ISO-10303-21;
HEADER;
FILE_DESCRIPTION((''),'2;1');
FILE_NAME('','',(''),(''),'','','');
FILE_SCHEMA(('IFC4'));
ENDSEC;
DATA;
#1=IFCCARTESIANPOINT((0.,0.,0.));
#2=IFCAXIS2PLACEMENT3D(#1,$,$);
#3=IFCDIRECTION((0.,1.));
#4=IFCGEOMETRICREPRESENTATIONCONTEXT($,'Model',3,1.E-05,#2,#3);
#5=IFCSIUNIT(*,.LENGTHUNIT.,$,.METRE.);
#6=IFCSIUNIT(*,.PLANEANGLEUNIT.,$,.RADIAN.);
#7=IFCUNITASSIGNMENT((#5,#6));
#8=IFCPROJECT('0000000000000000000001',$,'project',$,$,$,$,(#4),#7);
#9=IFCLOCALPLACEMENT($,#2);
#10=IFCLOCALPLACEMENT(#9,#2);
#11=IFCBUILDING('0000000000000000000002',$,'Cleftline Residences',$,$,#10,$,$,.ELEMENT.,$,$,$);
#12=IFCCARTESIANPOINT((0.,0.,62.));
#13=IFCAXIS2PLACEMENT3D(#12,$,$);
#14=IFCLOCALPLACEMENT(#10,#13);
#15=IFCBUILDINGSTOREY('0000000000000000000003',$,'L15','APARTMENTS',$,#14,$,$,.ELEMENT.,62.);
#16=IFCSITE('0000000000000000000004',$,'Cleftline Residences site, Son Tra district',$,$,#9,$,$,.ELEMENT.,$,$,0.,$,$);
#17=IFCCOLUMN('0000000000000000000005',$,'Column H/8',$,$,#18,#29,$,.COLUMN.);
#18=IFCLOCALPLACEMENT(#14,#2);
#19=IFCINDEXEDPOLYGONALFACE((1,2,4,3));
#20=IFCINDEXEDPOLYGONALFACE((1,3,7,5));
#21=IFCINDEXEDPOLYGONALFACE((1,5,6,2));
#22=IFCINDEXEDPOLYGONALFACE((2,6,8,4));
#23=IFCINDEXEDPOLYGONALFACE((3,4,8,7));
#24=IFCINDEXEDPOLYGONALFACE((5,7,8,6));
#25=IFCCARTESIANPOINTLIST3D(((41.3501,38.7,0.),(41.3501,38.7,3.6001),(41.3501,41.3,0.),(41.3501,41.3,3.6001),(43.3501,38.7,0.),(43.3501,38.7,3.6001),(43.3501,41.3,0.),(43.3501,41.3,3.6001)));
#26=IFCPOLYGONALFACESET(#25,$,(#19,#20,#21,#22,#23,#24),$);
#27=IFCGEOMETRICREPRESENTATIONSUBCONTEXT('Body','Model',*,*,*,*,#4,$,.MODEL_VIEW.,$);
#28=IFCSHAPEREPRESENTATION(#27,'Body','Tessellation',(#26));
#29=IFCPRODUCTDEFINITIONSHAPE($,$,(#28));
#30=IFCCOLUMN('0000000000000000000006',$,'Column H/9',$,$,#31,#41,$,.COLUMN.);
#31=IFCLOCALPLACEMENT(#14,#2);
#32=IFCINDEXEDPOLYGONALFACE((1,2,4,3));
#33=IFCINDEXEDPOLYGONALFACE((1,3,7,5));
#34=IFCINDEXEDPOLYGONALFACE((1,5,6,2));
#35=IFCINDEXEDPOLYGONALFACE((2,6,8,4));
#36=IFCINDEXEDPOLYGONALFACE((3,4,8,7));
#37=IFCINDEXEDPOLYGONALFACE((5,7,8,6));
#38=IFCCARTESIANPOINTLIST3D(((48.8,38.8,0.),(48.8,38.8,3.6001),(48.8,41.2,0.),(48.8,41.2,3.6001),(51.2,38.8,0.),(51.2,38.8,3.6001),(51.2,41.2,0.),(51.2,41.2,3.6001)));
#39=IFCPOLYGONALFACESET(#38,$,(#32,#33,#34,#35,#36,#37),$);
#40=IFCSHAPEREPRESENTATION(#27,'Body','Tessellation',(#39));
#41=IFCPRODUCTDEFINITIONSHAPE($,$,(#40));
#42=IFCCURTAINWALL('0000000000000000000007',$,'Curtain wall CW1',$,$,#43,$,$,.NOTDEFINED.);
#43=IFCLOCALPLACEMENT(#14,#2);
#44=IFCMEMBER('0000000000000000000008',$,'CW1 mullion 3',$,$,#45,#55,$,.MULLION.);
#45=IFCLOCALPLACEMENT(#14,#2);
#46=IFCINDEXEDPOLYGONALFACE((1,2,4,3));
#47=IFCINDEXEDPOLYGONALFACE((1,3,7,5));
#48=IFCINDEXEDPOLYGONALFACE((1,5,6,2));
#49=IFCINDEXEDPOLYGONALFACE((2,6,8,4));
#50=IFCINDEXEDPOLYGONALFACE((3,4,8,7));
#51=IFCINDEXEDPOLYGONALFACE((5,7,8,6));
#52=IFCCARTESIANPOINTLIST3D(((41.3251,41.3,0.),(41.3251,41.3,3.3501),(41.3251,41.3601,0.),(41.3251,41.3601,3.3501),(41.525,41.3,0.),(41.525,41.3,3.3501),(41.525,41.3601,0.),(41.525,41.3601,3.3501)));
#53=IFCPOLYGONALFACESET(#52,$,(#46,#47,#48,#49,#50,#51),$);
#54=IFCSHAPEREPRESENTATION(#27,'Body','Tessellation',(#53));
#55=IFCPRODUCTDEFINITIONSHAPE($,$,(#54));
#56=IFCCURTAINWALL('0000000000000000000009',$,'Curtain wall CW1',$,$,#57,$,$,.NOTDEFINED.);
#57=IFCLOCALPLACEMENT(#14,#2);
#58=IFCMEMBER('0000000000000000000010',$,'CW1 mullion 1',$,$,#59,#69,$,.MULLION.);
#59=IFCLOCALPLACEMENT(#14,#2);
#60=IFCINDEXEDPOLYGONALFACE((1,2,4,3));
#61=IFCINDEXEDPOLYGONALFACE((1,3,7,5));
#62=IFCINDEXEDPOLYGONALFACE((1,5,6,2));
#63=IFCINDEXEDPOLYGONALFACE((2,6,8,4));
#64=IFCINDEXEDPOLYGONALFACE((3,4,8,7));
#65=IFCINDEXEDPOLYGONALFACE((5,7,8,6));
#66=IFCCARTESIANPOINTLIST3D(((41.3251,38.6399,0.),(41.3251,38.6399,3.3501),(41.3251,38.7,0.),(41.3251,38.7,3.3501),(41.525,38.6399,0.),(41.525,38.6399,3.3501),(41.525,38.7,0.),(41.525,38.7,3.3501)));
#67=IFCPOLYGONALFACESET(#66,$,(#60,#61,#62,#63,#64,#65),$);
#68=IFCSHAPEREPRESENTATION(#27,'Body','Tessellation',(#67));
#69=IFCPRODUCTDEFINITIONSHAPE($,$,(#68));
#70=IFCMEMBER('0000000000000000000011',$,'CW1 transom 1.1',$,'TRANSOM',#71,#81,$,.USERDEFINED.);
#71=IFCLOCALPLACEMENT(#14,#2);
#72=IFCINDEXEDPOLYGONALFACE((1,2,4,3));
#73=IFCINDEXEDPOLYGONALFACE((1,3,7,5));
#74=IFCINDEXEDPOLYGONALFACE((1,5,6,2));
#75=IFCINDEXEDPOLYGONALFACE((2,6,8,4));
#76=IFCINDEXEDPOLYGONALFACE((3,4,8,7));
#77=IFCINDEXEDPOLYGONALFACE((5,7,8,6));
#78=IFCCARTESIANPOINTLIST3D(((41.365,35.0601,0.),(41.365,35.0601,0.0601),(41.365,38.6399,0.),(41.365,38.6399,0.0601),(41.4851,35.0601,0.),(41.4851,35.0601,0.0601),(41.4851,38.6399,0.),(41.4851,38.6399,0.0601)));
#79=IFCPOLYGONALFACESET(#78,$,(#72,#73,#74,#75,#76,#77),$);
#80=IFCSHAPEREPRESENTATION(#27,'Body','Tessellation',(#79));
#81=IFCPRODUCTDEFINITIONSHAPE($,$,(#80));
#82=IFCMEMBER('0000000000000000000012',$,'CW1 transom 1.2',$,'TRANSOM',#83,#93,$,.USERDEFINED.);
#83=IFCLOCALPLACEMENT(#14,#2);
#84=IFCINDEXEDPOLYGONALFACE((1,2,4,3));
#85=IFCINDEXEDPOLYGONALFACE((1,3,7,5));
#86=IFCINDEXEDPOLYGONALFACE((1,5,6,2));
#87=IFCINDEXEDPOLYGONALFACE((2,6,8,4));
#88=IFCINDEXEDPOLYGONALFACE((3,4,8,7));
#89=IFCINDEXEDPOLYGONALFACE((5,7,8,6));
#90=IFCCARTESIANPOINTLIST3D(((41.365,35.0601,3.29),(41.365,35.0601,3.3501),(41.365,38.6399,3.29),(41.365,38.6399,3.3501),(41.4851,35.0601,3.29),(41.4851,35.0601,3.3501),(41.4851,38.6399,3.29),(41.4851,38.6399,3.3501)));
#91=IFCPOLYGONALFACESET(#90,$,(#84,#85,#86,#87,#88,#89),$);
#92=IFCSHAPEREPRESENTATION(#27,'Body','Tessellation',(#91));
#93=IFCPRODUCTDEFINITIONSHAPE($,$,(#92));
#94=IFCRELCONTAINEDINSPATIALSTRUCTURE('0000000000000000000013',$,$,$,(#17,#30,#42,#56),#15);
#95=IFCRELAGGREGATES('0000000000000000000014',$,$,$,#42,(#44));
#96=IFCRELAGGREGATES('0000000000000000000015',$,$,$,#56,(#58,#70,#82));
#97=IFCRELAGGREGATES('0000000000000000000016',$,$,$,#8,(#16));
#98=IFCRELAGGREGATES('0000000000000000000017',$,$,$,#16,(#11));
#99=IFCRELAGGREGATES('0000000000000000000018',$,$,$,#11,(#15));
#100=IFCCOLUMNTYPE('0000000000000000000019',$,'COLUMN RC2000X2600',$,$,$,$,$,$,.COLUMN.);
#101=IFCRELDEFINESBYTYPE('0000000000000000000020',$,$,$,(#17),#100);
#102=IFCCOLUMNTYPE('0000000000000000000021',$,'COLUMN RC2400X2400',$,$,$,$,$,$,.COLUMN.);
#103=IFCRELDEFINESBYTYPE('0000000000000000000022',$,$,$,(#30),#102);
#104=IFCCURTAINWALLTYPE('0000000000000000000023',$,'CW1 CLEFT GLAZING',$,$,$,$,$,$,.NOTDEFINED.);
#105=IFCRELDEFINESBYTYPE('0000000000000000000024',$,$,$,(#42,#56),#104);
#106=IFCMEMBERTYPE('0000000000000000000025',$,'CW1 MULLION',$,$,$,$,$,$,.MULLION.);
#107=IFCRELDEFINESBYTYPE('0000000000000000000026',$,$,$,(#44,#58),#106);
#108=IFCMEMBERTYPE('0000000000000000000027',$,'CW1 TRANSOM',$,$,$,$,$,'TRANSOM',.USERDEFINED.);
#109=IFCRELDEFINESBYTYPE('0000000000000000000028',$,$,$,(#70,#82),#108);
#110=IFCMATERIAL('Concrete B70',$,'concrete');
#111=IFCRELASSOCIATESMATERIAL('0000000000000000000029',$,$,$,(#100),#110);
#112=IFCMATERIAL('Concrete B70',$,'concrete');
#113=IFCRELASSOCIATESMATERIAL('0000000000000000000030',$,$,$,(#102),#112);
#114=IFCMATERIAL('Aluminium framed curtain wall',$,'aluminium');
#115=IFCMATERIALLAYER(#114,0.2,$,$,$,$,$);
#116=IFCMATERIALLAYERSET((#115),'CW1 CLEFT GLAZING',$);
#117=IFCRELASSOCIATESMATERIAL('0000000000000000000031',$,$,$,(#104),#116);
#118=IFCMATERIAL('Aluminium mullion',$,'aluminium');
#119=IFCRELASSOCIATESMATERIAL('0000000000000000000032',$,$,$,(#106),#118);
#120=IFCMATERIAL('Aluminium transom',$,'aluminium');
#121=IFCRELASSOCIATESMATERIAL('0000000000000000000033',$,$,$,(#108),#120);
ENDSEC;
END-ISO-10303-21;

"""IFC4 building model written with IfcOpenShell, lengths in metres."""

from ifc_helpers import new_model, si_unit, direction, frame, origin, origin_2d, place, context, subcontext, project, spatial, rectangle, extrude, material, layer, layer_set, material_profile, profile_set, type_object, element, aggregate, save


model = new_model("IFC4")

# Units and contexts
model_context = context("Model", 3, precision=1e-05, world=origin(), true_north=direction((0.0, 1.0)))
body_context = subcontext(model_context, "Body", "Model", "MODEL_VIEW")
ifc_project = project(units=[si_unit("LENGTHUNIT", "METRE"), si_unit("PLANEANGLEUNIT", "RADIAN")], contexts=[model_context])

# Site, building, storey
site_placement = place(None, origin())
site = spatial("IfcSite", under=ifc_project, at=site_placement, Name="Cleftline Residences site, Son Tra district", CompositionType="ELEMENT", RefElevation=0.0)
building_placement = place(site_placement, origin())
building = spatial("IfcBuilding", under=site, at=building_placement, Name="Cleftline Residences", CompositionType="ELEMENT")
storey_placement = place(building_placement, frame((0.0, 0.0, 62.0)))
storey = spatial("IfcBuildingStorey", under=building, at=storey_placement, Name="L15", Description="APARTMENTS", CompositionType="ELEMENT", Elevation=62.0)

# Columns
ifc_material_1 = material(Name="Concrete B70", Category="concrete")
ifc_material_profile_1 = material_profile(ifc_material_1, rectangle(XDim=2.0, YDim=2.6001, at=origin_2d()))
ifc_profile_set_1 = profile_set([ifc_material_profile_1], Name="Concrete B70")
column_type_1 = type_object("IfcColumnType", Name="COLUMN RC2000X2600", PredefinedType="COLUMN", material=ifc_profile_set_1)
column_1_placement = place(storey_placement, frame((42.3501, 40.0, 0.0), z_axis=(0.0, 0.0, 1.0), x_axis=(1.0, 0.0, 0.0)))
element("IfcColumn", 1, at=column_1_placement, inside=storey, type_object=column_type_1, Name="Column H/8", PredefinedType="COLUMN", context=body_context, shape_type="SweptSolid", body=[
    extrude(rectangle(XDim=2.0, YDim=2.6001, at=origin_2d()), origin(), (0.0, 0.0, 1.0), 3.6001),
])
ifc_material_2 = material(Name="Concrete B70", Category="concrete")
ifc_material_profile_2 = material_profile(ifc_material_2, rectangle(XDim=2.3999, YDim=2.3999, at=origin_2d()))
ifc_profile_set_2 = profile_set([ifc_material_profile_2], Name="Concrete B70")
column_type_2 = type_object("IfcColumnType", Name="COLUMN RC2400X2400", PredefinedType="COLUMN", material=ifc_profile_set_2)
column_2_placement = place(storey_placement, frame((50.0, 40.0, 0.0), z_axis=(0.0, 0.0, 1.0), x_axis=(1.0, 0.0, 0.0)))
element("IfcColumn", 2, at=column_2_placement, inside=storey, type_object=column_type_2, Name="Column H/9", PredefinedType="COLUMN", context=body_context, shape_type="SweptSolid", body=[
    extrude(rectangle(XDim=2.3999, YDim=2.3999, at=origin_2d()), origin(), (0.0, 0.0, 1.0), 3.6001),
])

# Curtain wall, member
ifc_material_3 = material(Name="Aluminium framed curtain wall", Category="aluminium")
ifc_layer_1 = layer(ifc_material_3, 0.2)
ifc_layer_set_1 = layer_set([ifc_layer_1], Name="CW1 CLEFT GLAZING")
curtain_wall_type = type_object("IfcCurtainWallType", Name="CW1 CLEFT GLAZING", PredefinedType="NOTDEFINED", material=ifc_layer_set_1)
curtain_wall_1_placement = place(storey_placement, origin())
curtain_wall_1 = element("IfcCurtainWall", 3, at=curtain_wall_1_placement, inside=storey, type_object=curtain_wall_type, Name="Curtain wall CW1", PredefinedType="NOTDEFINED")
ifc_material_4 = material(Name="Aluminium mullion", Category="aluminium")
ifc_material_profile_3 = material_profile(ifc_material_4, rectangle(XDim=0.2, YDim=0.0601, at=origin_2d()))
ifc_profile_set_3 = profile_set([ifc_material_profile_3], Name="Aluminium mullion")
member_type_1 = type_object("IfcMemberType", Name="CW1 MULLION", PredefinedType="MULLION", material=ifc_profile_set_3)
member_1_placement = place(storey_placement, frame((41.425, 41.3301, 0.0), z_axis=(0.0, 0.0, 1.0), x_axis=(1.0, 0.0, 0.0)))
member_1 = element("IfcMember", 4, at=member_1_placement, type_object=member_type_1, Name="CW1 mullion 3", PredefinedType="MULLION", context=body_context, shape_type="SweptSolid", body=[
    extrude(rectangle(XDim=0.2, YDim=0.0601, at=origin_2d()), origin(), (0.0, 0.0, 1.0), 3.3501),
])
aggregate(curtain_wall_1, [member_1])

# Curtain wall, members
curtain_wall_2_placement = place(storey_placement, origin())
curtain_wall_2 = element("IfcCurtainWall", 5, at=curtain_wall_2_placement, inside=storey, type_object=curtain_wall_type, Name="Curtain wall CW1", PredefinedType="NOTDEFINED")
member_2_placement = place(storey_placement, frame((41.425, 38.6699, 0.0), z_axis=(0.0, 0.0, 1.0), x_axis=(1.0, 0.0, 0.0)))
member_2 = element("IfcMember", 6, at=member_2_placement, type_object=member_type_1, Name="CW1 mullion 1", PredefinedType="MULLION", context=body_context, shape_type="SweptSolid", body=[
    extrude(rectangle(XDim=0.2, YDim=0.0601, at=origin_2d()), origin(), (0.0, 0.0, 1.0), 3.3501),
])
ifc_material_5 = material(Name="Aluminium transom", Category="aluminium")
ifc_material_profile_4 = material_profile(ifc_material_5, rectangle(XDim=0.1201, YDim=0.0601, at=origin_2d()))
ifc_profile_set_4 = profile_set([ifc_material_profile_4], Name="Aluminium transom")
member_type_2 = type_object("IfcMemberType", Name="CW1 TRANSOM", ElementType="TRANSOM", PredefinedType="USERDEFINED", material=ifc_profile_set_4)
member_3_placement = place(storey_placement, frame((41.425, 38.6399, 0.03), z_axis=(0.0, -1.0, 0.0), x_axis=(1.0, 0.0, 0.0)))
member_3 = element("IfcMember", 7, at=member_3_placement, type_object=member_type_2, Name="CW1 transom 1.1", ObjectType="TRANSOM", PredefinedType="USERDEFINED", context=body_context, shape_type="SweptSolid", body=[
    extrude(rectangle(XDim=0.1201, YDim=0.0601, at=origin_2d()), origin(), (0.0, 0.0, 1.0), 3.5798),
])
member_4_placement = place(storey_placement, frame((41.425, 38.6399, 3.3201), z_axis=(0.0, -1.0, 0.0), x_axis=(1.0, 0.0, 0.0)))
member_4 = element("IfcMember", 8, at=member_4_placement, type_object=member_type_2, Name="CW1 transom 1.2", ObjectType="TRANSOM", PredefinedType="USERDEFINED", context=body_context, shape_type="SweptSolid", body=[
    extrude(rectangle(XDim=0.1201, YDim=0.0601, at=origin_2d()), origin(), (0.0, 0.0, 1.0), 3.5798),
])
aggregate(curtain_wall_2, [member_2, member_3, member_4])

save(model, "model.ifc")
